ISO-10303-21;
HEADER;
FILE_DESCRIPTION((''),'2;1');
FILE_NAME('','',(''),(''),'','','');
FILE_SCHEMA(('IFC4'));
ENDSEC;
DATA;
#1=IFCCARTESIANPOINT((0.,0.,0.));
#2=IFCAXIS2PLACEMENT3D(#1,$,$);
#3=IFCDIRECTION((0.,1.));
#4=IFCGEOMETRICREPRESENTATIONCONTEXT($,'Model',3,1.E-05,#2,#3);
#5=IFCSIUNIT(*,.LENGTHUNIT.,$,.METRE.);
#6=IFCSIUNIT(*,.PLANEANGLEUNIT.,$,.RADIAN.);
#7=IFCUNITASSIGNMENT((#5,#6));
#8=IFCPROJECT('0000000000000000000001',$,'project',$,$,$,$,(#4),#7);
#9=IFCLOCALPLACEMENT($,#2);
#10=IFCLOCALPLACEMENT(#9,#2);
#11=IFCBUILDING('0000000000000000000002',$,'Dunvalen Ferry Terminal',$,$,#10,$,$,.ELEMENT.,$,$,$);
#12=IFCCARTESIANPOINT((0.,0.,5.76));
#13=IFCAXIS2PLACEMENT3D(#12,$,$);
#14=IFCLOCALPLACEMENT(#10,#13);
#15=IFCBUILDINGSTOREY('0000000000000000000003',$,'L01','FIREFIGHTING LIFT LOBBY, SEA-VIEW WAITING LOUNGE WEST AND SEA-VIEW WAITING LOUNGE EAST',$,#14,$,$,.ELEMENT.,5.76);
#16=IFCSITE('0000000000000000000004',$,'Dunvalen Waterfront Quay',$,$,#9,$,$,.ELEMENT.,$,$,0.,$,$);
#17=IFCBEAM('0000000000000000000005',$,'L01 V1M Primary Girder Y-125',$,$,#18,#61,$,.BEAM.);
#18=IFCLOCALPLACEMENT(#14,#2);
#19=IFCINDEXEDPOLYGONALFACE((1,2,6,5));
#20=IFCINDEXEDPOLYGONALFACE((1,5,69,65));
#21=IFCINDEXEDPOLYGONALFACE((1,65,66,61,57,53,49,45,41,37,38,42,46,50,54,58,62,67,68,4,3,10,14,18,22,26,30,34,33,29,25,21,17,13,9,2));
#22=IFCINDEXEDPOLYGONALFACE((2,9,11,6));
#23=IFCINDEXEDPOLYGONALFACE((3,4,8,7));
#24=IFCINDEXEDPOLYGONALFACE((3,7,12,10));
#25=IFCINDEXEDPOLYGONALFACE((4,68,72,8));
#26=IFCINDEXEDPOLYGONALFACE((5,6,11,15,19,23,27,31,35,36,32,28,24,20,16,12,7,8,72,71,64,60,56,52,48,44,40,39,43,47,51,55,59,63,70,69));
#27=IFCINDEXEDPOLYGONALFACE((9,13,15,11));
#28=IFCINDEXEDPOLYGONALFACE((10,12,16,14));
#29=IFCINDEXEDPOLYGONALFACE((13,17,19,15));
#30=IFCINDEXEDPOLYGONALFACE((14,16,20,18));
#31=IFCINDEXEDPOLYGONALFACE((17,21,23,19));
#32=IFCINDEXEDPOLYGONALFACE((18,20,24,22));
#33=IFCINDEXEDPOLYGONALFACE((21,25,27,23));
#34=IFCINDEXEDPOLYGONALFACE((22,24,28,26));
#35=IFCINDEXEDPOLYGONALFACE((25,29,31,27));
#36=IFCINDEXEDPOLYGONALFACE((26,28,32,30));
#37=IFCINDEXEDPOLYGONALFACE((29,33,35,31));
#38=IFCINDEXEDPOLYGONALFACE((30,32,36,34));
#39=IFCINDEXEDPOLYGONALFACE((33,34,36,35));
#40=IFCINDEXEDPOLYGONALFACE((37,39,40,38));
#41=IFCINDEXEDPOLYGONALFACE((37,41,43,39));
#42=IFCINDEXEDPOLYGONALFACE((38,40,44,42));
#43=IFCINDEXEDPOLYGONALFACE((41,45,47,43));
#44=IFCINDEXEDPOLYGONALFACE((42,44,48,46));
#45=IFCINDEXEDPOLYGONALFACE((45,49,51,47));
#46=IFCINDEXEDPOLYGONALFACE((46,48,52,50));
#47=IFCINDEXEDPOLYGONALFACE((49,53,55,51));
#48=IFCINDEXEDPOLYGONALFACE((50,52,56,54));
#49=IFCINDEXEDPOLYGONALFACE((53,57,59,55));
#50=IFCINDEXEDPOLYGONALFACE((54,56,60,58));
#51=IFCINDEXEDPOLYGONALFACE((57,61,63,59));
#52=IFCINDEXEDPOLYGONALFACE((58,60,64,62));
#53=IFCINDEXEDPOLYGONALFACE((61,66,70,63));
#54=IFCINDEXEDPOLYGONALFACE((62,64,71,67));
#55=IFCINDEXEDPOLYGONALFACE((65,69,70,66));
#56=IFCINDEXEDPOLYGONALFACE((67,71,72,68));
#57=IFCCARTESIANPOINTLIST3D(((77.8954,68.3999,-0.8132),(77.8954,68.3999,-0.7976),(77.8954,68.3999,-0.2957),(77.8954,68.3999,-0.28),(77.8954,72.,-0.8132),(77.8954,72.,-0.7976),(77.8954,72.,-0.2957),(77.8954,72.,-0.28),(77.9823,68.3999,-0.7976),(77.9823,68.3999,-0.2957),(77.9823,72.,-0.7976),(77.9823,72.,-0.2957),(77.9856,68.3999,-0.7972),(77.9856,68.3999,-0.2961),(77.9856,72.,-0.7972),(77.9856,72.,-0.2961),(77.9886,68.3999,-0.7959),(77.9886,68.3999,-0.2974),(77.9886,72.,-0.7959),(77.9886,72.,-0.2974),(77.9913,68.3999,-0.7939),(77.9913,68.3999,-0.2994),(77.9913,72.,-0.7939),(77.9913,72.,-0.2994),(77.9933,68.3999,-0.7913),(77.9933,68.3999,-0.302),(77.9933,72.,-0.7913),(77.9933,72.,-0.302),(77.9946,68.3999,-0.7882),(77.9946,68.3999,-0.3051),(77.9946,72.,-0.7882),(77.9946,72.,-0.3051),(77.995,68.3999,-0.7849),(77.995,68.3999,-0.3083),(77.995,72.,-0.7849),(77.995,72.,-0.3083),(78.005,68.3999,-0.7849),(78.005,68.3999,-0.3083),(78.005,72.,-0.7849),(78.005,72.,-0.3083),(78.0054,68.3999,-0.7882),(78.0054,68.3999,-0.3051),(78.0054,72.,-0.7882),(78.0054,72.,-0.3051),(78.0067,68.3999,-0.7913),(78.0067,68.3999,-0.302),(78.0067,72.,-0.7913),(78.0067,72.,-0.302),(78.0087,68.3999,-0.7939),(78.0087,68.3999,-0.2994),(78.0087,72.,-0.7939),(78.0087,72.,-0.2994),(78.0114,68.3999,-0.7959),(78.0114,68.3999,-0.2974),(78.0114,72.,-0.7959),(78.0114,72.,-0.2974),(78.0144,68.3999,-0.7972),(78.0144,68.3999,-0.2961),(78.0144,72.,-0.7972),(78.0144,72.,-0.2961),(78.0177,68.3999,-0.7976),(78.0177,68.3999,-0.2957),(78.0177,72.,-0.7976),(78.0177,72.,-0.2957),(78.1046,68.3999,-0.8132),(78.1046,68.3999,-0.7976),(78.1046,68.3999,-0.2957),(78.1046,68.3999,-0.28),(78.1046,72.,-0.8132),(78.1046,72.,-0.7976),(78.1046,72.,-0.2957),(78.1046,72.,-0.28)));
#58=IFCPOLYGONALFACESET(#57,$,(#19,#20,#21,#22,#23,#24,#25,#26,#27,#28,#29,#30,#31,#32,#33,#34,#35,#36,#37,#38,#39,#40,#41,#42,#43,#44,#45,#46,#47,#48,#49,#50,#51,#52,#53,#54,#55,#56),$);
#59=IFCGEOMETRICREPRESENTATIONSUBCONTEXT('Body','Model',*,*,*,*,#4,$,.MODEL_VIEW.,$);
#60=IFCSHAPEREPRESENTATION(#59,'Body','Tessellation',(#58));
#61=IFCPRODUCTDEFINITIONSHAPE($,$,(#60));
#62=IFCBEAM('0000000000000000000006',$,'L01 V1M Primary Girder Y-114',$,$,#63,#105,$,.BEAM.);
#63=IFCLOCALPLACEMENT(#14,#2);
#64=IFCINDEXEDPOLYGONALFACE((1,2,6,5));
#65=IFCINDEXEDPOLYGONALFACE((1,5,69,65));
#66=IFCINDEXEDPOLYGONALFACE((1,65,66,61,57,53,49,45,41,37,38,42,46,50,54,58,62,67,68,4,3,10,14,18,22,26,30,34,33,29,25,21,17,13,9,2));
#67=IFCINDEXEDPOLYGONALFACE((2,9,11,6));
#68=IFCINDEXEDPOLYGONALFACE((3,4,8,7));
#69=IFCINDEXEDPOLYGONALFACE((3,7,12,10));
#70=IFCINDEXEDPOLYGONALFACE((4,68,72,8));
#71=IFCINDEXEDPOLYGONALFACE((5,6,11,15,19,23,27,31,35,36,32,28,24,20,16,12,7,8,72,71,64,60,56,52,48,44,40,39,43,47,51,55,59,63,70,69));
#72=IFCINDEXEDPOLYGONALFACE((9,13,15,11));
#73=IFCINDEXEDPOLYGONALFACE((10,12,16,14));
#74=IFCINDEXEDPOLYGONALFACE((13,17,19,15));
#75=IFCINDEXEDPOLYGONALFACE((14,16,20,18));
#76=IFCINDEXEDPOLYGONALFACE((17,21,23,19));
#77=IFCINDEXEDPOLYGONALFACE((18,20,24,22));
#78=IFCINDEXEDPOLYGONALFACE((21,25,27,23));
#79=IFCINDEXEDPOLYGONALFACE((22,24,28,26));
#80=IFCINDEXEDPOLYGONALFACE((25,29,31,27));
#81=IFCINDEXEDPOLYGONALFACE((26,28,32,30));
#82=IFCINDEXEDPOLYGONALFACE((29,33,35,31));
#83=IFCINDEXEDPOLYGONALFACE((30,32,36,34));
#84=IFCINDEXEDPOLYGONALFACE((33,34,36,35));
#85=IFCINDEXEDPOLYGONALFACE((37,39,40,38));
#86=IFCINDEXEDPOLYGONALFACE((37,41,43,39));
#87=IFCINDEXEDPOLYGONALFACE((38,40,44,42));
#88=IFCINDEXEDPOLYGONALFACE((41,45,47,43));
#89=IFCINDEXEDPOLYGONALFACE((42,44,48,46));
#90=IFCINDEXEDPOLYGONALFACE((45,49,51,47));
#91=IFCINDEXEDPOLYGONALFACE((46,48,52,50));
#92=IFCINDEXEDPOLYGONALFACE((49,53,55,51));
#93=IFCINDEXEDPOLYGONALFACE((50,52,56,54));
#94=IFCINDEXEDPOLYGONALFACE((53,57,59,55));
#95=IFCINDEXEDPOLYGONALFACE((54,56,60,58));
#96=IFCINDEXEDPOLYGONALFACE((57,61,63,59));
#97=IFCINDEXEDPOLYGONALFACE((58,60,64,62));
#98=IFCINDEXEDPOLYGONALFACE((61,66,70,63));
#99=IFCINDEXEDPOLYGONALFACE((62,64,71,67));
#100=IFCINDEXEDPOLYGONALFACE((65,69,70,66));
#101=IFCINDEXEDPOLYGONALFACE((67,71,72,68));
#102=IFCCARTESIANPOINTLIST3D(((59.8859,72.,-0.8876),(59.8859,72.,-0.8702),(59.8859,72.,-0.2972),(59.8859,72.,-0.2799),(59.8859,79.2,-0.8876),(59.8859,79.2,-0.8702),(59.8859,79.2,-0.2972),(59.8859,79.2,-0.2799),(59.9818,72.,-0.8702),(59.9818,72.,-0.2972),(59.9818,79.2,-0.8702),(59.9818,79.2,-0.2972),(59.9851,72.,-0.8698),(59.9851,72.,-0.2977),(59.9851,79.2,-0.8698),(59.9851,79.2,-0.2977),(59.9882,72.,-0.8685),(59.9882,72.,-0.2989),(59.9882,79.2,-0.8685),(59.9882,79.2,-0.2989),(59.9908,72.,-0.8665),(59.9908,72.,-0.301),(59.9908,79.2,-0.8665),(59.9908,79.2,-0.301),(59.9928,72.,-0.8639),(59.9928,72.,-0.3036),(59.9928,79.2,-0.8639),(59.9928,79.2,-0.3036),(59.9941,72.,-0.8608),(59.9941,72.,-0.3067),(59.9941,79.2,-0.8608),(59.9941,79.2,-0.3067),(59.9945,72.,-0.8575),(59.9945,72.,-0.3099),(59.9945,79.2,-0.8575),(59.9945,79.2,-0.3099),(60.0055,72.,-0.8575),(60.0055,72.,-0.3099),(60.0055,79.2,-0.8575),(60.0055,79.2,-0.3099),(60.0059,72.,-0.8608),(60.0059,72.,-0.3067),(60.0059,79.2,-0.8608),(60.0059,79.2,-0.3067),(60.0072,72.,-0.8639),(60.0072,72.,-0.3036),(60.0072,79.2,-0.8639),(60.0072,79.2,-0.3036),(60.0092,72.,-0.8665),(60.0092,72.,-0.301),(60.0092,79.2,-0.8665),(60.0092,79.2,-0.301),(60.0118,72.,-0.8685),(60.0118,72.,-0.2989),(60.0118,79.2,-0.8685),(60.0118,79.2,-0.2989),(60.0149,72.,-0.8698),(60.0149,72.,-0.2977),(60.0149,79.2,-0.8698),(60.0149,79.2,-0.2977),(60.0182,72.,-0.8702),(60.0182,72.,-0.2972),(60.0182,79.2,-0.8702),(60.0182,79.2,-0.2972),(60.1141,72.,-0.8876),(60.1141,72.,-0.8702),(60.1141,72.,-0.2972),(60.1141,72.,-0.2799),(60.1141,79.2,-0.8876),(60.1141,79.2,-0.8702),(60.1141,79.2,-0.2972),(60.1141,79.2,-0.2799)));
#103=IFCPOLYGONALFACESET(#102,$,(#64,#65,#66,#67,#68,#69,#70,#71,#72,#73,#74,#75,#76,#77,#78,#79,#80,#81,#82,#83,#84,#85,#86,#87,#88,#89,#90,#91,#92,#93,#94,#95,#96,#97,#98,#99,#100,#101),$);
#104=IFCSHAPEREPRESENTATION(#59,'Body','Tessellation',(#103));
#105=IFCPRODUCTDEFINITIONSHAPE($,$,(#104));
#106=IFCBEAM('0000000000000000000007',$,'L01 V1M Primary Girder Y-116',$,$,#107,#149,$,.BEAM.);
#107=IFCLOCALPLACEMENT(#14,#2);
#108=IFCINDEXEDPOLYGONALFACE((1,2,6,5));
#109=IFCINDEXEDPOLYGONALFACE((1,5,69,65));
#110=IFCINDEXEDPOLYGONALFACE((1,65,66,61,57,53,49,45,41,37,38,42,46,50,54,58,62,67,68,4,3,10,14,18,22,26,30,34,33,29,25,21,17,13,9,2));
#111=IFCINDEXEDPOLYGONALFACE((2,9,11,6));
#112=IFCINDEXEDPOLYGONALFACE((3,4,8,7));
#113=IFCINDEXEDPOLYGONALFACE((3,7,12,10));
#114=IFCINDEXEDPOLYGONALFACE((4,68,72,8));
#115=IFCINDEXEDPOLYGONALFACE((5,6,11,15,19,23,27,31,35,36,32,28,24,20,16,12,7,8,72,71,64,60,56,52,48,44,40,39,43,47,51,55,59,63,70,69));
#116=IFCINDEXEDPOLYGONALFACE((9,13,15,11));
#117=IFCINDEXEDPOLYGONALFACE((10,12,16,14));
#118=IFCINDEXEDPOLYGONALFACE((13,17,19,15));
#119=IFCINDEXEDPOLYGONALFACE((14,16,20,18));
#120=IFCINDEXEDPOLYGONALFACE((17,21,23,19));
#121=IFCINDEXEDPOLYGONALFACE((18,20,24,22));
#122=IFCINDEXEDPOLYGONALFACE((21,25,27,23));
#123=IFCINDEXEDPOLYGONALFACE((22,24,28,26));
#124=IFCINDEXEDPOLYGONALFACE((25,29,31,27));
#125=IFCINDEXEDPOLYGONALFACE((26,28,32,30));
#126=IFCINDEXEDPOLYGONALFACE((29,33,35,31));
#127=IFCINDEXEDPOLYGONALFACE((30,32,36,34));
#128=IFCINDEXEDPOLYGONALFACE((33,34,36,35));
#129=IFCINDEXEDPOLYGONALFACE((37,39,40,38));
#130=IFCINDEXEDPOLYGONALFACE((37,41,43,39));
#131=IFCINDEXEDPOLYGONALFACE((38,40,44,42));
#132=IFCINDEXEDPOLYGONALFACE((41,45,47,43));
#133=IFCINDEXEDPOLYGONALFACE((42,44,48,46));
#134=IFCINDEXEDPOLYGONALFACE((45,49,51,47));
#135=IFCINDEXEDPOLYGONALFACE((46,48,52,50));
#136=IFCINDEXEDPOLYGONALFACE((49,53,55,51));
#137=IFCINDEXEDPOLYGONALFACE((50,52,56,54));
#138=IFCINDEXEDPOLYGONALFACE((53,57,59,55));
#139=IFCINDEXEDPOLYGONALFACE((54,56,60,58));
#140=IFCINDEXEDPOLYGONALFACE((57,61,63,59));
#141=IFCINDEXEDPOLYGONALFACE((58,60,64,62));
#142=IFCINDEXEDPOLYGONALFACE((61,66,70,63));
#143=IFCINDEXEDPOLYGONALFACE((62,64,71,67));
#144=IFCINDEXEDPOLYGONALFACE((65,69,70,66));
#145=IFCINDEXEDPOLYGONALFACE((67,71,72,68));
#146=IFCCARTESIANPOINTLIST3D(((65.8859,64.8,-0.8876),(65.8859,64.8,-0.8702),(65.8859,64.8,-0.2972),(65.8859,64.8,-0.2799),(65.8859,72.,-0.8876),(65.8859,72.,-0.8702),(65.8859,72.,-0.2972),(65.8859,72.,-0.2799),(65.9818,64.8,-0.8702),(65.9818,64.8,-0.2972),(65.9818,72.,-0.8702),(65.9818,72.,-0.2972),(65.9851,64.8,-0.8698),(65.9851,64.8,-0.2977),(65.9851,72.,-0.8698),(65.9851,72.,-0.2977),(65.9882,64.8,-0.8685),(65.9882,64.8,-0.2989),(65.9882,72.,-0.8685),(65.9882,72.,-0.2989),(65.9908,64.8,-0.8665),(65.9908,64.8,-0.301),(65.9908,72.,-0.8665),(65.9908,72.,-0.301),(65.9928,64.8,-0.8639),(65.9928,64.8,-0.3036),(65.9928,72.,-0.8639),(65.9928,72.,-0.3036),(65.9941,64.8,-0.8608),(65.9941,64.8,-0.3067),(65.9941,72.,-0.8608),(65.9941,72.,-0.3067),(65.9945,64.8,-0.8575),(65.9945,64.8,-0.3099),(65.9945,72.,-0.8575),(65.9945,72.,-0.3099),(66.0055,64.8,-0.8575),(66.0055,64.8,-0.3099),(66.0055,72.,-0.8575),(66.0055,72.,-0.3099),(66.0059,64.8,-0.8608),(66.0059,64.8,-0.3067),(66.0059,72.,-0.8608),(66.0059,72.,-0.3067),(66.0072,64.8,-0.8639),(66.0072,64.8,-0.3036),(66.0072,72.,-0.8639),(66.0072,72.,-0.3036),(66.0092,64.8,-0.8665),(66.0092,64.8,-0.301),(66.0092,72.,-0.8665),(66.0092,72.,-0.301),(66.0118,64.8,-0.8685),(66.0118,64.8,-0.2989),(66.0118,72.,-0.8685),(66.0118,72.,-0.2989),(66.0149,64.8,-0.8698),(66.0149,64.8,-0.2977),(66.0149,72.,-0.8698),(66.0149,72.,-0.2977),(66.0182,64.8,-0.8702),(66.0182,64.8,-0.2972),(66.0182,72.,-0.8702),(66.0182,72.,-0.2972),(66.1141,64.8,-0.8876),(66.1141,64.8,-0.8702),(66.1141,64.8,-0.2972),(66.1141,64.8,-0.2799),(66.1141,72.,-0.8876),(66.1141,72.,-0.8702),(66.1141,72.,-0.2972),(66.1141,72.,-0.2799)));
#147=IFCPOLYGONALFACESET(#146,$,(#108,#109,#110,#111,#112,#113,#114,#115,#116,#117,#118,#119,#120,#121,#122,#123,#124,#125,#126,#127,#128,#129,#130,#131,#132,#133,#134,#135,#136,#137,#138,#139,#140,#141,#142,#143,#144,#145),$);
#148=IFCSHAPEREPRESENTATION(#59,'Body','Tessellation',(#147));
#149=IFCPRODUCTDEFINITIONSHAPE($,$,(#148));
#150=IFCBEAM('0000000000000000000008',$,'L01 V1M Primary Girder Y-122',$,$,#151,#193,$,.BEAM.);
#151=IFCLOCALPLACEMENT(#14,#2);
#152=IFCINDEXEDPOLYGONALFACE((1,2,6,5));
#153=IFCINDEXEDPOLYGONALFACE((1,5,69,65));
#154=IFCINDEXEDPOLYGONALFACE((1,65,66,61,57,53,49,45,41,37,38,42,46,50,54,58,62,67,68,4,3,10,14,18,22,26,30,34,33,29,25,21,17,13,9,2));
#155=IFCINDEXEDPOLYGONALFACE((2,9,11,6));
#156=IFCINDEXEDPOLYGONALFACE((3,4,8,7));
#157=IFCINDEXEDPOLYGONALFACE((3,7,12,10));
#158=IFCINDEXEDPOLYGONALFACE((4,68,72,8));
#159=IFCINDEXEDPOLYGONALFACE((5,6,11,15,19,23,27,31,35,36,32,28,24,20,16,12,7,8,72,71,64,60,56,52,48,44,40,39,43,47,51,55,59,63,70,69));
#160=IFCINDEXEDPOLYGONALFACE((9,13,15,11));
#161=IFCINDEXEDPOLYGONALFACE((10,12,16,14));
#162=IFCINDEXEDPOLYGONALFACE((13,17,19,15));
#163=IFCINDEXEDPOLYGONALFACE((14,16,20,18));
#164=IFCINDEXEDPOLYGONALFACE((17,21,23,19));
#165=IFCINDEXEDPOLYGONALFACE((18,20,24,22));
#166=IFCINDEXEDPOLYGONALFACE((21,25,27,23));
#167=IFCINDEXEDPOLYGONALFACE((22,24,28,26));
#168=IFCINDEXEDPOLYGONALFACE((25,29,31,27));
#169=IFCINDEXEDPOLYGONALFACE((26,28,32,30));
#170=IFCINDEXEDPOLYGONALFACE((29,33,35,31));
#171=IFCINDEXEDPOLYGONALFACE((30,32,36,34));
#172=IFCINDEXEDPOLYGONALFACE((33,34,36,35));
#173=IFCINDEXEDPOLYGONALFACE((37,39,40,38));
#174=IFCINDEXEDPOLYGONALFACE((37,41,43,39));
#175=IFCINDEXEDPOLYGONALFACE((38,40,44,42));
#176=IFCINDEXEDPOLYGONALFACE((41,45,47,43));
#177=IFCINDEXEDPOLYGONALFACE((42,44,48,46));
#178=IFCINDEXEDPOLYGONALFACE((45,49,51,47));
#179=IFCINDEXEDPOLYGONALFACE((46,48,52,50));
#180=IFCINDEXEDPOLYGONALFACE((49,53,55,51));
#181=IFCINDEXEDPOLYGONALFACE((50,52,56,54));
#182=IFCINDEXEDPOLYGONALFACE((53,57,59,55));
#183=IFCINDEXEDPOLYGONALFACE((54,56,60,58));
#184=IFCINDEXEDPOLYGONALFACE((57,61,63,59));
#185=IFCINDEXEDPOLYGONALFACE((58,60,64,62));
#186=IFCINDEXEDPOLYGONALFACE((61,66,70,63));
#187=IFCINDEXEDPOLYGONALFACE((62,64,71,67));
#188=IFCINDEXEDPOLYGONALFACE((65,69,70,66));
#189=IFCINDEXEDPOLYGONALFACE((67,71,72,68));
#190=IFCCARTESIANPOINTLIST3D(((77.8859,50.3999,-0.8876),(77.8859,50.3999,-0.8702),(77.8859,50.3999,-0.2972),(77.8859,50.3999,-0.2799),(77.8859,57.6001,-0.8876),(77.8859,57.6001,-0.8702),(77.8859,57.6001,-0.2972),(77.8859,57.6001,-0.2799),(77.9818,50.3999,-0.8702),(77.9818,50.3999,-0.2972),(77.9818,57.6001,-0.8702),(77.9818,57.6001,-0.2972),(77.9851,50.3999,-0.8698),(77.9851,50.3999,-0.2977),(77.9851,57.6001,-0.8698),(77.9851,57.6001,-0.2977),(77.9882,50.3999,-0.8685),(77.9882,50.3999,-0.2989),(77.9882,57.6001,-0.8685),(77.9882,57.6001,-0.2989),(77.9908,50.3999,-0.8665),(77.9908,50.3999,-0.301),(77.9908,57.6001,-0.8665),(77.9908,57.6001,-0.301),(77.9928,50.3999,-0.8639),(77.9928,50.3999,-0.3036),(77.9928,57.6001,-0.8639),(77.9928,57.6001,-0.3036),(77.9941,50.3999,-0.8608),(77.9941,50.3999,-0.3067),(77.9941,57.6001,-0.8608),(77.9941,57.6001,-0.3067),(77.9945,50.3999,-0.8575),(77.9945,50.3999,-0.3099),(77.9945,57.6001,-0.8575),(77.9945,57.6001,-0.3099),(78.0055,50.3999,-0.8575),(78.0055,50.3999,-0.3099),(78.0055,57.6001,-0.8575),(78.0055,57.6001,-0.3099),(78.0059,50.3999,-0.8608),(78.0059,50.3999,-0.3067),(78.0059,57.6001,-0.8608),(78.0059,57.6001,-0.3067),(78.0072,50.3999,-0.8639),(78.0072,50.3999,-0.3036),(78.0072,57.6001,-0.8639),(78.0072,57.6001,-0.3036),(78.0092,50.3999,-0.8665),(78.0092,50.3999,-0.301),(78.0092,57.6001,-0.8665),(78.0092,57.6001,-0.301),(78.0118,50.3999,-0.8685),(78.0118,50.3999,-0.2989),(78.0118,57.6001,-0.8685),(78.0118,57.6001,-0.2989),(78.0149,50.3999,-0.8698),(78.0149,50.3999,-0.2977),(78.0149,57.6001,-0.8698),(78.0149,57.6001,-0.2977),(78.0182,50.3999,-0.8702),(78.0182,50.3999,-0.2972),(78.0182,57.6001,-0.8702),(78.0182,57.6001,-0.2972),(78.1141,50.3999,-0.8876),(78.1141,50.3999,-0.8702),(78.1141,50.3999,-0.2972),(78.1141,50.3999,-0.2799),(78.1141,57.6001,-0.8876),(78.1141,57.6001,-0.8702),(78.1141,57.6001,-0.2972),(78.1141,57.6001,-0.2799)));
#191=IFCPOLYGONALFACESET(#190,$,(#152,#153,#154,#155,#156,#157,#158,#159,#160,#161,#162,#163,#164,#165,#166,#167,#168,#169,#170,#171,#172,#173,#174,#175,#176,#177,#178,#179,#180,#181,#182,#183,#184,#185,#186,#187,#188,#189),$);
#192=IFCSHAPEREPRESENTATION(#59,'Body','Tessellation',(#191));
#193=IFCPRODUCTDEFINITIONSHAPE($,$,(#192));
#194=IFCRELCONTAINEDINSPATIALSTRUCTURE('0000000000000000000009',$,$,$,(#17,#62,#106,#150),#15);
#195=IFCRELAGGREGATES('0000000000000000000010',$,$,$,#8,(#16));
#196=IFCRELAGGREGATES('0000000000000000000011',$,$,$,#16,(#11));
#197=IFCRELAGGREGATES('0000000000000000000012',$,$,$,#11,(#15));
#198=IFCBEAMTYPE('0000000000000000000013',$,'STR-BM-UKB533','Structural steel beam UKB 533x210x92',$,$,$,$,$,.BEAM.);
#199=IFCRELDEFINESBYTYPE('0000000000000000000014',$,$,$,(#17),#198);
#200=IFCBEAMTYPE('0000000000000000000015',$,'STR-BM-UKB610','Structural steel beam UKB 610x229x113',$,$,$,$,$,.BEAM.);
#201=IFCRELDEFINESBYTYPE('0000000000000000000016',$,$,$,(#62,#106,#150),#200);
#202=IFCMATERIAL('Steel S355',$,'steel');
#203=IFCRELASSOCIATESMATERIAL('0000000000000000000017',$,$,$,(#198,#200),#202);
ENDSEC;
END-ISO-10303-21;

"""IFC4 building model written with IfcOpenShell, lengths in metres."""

from ifc_helpers import new_model, si_unit, direction, frame, origin, origin_2d, place, context, subcontext, project, spatial, i_section, extrude, material, material_profile, profile_set, type_object, element, save


model = new_model("IFC4")

# Units and contexts
model_context = context("Model", 3, precision=1e-05, world=origin(), true_north=direction((0.0, 1.0)))
body_context = subcontext(model_context, "Body", "Model", "MODEL_VIEW")
ifc_project = project(units=[si_unit("LENGTHUNIT", "METRE"), si_unit("PLANEANGLEUNIT", "RADIAN")], contexts=[model_context])

# Site, building, storey
site_placement = place(None, origin())
site = spatial("IfcSite", under=ifc_project, at=site_placement, Name="Dunvalen Waterfront Quay", CompositionType="ELEMENT", RefElevation=0.0)
building_placement = place(site_placement, origin())
building = spatial("IfcBuilding", under=site, at=building_placement, Name="Dunvalen Ferry Terminal", CompositionType="ELEMENT")
storey_placement = place(building_placement, frame((0.0, 0.0, 5.76)))
storey = spatial("IfcBuildingStorey", under=building, at=storey_placement, Name="L01", Description="FIREFIGHTING LIFT LOBBY, SEA-VIEW WAITING LOUNGE WEST AND SEA-VIEW WAITING LOUNGE EAST", CompositionType="ELEMENT", Elevation=5.76)

# Beams
ifc_material_1 = material(Name="Steel S355", Category="steel")
ifc_material_profile_1 = material_profile(ifc_material_1, i_section(OverallWidth=0.2092, OverallDepth=0.5332, WebThickness=0.01, FlangeThickness=0.0156, FilletRadius=0.0127, at=origin_2d()), Name="Steel S355")
ifc_profile_set_1 = profile_set([ifc_material_profile_1], Name="Steel S355")
beam_type_1 = type_object("IfcBeamType", Name="STR-BM-UKB533", Description="Structural steel beam UKB 533x210x92", PredefinedType="BEAM", material=ifc_profile_set_1)
beam_1_placement = place(storey_placement, frame((78.0, 68.3999, -0.5466), z_axis=(0.0, 1.0, 0.0), x_axis=(-1.0, 0.0, 0.0)))
element("IfcBeam", 1, at=beam_1_placement, inside=storey, type_object=beam_type_1, Name="L01 V1M Primary Girder Y-125", PredefinedType="BEAM", context=body_context, shape_type="SweptSolid", body=[
    extrude(i_section(OverallWidth=0.2092, OverallDepth=0.5332, WebThickness=0.01, FlangeThickness=0.0156, FilletRadius=0.0127, at=origin_2d()), origin(), (0.0, 0.0, 1.0), 3.6001),
])
ifc_material_profile_2 = material_profile(ifc_material_1, i_section(OverallWidth=0.2283, OverallDepth=0.6077, WebThickness=0.011, FlangeThickness=0.0173, FilletRadius=0.0127, at=origin_2d()), Name="Steel S355")
ifc_profile_set_2 = profile_set([ifc_material_profile_2], Name="Steel S355")
beam_type_2 = type_object("IfcBeamType", Name="STR-BM-UKB610", Description="Structural steel beam UKB 610x229x113", PredefinedType="BEAM", material=ifc_profile_set_2)
for number, where, z_axis, x_axis, name in (
    (2, (60.0, 72.0, -0.5837), (0.0, 1.0, 0.0), (-1.0, 0.0, 0.0), "L01 V1M Primary Girder Y-114"),
    (3, (66.0, 64.8, -0.5837), (0.0, 1.0, 0.0), (-1.0, 0.0, 0.0), "L01 V1M Primary Girder Y-116"),
):
    element("IfcBeam", number, at=place(storey_placement, frame(where, z_axis=z_axis, x_axis=x_axis)), inside=storey, type_object=beam_type_2, Name=name, PredefinedType="BEAM", context=body_context, shape_type="SweptSolid", body=[
        extrude(i_section(OverallWidth=0.2283, OverallDepth=0.6077, WebThickness=0.011, FlangeThickness=0.0173, FilletRadius=0.0127, at=origin_2d()), origin(), (0.0, 0.0, 1.0), 7.2),
    ])
beam_2_placement = place(storey_placement, frame((78.0, 50.3999, -0.5837), z_axis=(0.0, 1.0, 0.0), x_axis=(-1.0, 0.0, 0.0)))
element("IfcBeam", 4, at=beam_2_placement, inside=storey, type_object=beam_type_2, Name="L01 V1M Primary Girder Y-122", PredefinedType="BEAM", context=body_context, shape_type="SweptSolid", body=[
    extrude(i_section(OverallWidth=0.2283, OverallDepth=0.6077, WebThickness=0.011, FlangeThickness=0.0173, FilletRadius=0.0127, at=origin_2d()), origin(), (0.0, 0.0, 1.0), 7.2002),
])

save(model, "model.ifc")
